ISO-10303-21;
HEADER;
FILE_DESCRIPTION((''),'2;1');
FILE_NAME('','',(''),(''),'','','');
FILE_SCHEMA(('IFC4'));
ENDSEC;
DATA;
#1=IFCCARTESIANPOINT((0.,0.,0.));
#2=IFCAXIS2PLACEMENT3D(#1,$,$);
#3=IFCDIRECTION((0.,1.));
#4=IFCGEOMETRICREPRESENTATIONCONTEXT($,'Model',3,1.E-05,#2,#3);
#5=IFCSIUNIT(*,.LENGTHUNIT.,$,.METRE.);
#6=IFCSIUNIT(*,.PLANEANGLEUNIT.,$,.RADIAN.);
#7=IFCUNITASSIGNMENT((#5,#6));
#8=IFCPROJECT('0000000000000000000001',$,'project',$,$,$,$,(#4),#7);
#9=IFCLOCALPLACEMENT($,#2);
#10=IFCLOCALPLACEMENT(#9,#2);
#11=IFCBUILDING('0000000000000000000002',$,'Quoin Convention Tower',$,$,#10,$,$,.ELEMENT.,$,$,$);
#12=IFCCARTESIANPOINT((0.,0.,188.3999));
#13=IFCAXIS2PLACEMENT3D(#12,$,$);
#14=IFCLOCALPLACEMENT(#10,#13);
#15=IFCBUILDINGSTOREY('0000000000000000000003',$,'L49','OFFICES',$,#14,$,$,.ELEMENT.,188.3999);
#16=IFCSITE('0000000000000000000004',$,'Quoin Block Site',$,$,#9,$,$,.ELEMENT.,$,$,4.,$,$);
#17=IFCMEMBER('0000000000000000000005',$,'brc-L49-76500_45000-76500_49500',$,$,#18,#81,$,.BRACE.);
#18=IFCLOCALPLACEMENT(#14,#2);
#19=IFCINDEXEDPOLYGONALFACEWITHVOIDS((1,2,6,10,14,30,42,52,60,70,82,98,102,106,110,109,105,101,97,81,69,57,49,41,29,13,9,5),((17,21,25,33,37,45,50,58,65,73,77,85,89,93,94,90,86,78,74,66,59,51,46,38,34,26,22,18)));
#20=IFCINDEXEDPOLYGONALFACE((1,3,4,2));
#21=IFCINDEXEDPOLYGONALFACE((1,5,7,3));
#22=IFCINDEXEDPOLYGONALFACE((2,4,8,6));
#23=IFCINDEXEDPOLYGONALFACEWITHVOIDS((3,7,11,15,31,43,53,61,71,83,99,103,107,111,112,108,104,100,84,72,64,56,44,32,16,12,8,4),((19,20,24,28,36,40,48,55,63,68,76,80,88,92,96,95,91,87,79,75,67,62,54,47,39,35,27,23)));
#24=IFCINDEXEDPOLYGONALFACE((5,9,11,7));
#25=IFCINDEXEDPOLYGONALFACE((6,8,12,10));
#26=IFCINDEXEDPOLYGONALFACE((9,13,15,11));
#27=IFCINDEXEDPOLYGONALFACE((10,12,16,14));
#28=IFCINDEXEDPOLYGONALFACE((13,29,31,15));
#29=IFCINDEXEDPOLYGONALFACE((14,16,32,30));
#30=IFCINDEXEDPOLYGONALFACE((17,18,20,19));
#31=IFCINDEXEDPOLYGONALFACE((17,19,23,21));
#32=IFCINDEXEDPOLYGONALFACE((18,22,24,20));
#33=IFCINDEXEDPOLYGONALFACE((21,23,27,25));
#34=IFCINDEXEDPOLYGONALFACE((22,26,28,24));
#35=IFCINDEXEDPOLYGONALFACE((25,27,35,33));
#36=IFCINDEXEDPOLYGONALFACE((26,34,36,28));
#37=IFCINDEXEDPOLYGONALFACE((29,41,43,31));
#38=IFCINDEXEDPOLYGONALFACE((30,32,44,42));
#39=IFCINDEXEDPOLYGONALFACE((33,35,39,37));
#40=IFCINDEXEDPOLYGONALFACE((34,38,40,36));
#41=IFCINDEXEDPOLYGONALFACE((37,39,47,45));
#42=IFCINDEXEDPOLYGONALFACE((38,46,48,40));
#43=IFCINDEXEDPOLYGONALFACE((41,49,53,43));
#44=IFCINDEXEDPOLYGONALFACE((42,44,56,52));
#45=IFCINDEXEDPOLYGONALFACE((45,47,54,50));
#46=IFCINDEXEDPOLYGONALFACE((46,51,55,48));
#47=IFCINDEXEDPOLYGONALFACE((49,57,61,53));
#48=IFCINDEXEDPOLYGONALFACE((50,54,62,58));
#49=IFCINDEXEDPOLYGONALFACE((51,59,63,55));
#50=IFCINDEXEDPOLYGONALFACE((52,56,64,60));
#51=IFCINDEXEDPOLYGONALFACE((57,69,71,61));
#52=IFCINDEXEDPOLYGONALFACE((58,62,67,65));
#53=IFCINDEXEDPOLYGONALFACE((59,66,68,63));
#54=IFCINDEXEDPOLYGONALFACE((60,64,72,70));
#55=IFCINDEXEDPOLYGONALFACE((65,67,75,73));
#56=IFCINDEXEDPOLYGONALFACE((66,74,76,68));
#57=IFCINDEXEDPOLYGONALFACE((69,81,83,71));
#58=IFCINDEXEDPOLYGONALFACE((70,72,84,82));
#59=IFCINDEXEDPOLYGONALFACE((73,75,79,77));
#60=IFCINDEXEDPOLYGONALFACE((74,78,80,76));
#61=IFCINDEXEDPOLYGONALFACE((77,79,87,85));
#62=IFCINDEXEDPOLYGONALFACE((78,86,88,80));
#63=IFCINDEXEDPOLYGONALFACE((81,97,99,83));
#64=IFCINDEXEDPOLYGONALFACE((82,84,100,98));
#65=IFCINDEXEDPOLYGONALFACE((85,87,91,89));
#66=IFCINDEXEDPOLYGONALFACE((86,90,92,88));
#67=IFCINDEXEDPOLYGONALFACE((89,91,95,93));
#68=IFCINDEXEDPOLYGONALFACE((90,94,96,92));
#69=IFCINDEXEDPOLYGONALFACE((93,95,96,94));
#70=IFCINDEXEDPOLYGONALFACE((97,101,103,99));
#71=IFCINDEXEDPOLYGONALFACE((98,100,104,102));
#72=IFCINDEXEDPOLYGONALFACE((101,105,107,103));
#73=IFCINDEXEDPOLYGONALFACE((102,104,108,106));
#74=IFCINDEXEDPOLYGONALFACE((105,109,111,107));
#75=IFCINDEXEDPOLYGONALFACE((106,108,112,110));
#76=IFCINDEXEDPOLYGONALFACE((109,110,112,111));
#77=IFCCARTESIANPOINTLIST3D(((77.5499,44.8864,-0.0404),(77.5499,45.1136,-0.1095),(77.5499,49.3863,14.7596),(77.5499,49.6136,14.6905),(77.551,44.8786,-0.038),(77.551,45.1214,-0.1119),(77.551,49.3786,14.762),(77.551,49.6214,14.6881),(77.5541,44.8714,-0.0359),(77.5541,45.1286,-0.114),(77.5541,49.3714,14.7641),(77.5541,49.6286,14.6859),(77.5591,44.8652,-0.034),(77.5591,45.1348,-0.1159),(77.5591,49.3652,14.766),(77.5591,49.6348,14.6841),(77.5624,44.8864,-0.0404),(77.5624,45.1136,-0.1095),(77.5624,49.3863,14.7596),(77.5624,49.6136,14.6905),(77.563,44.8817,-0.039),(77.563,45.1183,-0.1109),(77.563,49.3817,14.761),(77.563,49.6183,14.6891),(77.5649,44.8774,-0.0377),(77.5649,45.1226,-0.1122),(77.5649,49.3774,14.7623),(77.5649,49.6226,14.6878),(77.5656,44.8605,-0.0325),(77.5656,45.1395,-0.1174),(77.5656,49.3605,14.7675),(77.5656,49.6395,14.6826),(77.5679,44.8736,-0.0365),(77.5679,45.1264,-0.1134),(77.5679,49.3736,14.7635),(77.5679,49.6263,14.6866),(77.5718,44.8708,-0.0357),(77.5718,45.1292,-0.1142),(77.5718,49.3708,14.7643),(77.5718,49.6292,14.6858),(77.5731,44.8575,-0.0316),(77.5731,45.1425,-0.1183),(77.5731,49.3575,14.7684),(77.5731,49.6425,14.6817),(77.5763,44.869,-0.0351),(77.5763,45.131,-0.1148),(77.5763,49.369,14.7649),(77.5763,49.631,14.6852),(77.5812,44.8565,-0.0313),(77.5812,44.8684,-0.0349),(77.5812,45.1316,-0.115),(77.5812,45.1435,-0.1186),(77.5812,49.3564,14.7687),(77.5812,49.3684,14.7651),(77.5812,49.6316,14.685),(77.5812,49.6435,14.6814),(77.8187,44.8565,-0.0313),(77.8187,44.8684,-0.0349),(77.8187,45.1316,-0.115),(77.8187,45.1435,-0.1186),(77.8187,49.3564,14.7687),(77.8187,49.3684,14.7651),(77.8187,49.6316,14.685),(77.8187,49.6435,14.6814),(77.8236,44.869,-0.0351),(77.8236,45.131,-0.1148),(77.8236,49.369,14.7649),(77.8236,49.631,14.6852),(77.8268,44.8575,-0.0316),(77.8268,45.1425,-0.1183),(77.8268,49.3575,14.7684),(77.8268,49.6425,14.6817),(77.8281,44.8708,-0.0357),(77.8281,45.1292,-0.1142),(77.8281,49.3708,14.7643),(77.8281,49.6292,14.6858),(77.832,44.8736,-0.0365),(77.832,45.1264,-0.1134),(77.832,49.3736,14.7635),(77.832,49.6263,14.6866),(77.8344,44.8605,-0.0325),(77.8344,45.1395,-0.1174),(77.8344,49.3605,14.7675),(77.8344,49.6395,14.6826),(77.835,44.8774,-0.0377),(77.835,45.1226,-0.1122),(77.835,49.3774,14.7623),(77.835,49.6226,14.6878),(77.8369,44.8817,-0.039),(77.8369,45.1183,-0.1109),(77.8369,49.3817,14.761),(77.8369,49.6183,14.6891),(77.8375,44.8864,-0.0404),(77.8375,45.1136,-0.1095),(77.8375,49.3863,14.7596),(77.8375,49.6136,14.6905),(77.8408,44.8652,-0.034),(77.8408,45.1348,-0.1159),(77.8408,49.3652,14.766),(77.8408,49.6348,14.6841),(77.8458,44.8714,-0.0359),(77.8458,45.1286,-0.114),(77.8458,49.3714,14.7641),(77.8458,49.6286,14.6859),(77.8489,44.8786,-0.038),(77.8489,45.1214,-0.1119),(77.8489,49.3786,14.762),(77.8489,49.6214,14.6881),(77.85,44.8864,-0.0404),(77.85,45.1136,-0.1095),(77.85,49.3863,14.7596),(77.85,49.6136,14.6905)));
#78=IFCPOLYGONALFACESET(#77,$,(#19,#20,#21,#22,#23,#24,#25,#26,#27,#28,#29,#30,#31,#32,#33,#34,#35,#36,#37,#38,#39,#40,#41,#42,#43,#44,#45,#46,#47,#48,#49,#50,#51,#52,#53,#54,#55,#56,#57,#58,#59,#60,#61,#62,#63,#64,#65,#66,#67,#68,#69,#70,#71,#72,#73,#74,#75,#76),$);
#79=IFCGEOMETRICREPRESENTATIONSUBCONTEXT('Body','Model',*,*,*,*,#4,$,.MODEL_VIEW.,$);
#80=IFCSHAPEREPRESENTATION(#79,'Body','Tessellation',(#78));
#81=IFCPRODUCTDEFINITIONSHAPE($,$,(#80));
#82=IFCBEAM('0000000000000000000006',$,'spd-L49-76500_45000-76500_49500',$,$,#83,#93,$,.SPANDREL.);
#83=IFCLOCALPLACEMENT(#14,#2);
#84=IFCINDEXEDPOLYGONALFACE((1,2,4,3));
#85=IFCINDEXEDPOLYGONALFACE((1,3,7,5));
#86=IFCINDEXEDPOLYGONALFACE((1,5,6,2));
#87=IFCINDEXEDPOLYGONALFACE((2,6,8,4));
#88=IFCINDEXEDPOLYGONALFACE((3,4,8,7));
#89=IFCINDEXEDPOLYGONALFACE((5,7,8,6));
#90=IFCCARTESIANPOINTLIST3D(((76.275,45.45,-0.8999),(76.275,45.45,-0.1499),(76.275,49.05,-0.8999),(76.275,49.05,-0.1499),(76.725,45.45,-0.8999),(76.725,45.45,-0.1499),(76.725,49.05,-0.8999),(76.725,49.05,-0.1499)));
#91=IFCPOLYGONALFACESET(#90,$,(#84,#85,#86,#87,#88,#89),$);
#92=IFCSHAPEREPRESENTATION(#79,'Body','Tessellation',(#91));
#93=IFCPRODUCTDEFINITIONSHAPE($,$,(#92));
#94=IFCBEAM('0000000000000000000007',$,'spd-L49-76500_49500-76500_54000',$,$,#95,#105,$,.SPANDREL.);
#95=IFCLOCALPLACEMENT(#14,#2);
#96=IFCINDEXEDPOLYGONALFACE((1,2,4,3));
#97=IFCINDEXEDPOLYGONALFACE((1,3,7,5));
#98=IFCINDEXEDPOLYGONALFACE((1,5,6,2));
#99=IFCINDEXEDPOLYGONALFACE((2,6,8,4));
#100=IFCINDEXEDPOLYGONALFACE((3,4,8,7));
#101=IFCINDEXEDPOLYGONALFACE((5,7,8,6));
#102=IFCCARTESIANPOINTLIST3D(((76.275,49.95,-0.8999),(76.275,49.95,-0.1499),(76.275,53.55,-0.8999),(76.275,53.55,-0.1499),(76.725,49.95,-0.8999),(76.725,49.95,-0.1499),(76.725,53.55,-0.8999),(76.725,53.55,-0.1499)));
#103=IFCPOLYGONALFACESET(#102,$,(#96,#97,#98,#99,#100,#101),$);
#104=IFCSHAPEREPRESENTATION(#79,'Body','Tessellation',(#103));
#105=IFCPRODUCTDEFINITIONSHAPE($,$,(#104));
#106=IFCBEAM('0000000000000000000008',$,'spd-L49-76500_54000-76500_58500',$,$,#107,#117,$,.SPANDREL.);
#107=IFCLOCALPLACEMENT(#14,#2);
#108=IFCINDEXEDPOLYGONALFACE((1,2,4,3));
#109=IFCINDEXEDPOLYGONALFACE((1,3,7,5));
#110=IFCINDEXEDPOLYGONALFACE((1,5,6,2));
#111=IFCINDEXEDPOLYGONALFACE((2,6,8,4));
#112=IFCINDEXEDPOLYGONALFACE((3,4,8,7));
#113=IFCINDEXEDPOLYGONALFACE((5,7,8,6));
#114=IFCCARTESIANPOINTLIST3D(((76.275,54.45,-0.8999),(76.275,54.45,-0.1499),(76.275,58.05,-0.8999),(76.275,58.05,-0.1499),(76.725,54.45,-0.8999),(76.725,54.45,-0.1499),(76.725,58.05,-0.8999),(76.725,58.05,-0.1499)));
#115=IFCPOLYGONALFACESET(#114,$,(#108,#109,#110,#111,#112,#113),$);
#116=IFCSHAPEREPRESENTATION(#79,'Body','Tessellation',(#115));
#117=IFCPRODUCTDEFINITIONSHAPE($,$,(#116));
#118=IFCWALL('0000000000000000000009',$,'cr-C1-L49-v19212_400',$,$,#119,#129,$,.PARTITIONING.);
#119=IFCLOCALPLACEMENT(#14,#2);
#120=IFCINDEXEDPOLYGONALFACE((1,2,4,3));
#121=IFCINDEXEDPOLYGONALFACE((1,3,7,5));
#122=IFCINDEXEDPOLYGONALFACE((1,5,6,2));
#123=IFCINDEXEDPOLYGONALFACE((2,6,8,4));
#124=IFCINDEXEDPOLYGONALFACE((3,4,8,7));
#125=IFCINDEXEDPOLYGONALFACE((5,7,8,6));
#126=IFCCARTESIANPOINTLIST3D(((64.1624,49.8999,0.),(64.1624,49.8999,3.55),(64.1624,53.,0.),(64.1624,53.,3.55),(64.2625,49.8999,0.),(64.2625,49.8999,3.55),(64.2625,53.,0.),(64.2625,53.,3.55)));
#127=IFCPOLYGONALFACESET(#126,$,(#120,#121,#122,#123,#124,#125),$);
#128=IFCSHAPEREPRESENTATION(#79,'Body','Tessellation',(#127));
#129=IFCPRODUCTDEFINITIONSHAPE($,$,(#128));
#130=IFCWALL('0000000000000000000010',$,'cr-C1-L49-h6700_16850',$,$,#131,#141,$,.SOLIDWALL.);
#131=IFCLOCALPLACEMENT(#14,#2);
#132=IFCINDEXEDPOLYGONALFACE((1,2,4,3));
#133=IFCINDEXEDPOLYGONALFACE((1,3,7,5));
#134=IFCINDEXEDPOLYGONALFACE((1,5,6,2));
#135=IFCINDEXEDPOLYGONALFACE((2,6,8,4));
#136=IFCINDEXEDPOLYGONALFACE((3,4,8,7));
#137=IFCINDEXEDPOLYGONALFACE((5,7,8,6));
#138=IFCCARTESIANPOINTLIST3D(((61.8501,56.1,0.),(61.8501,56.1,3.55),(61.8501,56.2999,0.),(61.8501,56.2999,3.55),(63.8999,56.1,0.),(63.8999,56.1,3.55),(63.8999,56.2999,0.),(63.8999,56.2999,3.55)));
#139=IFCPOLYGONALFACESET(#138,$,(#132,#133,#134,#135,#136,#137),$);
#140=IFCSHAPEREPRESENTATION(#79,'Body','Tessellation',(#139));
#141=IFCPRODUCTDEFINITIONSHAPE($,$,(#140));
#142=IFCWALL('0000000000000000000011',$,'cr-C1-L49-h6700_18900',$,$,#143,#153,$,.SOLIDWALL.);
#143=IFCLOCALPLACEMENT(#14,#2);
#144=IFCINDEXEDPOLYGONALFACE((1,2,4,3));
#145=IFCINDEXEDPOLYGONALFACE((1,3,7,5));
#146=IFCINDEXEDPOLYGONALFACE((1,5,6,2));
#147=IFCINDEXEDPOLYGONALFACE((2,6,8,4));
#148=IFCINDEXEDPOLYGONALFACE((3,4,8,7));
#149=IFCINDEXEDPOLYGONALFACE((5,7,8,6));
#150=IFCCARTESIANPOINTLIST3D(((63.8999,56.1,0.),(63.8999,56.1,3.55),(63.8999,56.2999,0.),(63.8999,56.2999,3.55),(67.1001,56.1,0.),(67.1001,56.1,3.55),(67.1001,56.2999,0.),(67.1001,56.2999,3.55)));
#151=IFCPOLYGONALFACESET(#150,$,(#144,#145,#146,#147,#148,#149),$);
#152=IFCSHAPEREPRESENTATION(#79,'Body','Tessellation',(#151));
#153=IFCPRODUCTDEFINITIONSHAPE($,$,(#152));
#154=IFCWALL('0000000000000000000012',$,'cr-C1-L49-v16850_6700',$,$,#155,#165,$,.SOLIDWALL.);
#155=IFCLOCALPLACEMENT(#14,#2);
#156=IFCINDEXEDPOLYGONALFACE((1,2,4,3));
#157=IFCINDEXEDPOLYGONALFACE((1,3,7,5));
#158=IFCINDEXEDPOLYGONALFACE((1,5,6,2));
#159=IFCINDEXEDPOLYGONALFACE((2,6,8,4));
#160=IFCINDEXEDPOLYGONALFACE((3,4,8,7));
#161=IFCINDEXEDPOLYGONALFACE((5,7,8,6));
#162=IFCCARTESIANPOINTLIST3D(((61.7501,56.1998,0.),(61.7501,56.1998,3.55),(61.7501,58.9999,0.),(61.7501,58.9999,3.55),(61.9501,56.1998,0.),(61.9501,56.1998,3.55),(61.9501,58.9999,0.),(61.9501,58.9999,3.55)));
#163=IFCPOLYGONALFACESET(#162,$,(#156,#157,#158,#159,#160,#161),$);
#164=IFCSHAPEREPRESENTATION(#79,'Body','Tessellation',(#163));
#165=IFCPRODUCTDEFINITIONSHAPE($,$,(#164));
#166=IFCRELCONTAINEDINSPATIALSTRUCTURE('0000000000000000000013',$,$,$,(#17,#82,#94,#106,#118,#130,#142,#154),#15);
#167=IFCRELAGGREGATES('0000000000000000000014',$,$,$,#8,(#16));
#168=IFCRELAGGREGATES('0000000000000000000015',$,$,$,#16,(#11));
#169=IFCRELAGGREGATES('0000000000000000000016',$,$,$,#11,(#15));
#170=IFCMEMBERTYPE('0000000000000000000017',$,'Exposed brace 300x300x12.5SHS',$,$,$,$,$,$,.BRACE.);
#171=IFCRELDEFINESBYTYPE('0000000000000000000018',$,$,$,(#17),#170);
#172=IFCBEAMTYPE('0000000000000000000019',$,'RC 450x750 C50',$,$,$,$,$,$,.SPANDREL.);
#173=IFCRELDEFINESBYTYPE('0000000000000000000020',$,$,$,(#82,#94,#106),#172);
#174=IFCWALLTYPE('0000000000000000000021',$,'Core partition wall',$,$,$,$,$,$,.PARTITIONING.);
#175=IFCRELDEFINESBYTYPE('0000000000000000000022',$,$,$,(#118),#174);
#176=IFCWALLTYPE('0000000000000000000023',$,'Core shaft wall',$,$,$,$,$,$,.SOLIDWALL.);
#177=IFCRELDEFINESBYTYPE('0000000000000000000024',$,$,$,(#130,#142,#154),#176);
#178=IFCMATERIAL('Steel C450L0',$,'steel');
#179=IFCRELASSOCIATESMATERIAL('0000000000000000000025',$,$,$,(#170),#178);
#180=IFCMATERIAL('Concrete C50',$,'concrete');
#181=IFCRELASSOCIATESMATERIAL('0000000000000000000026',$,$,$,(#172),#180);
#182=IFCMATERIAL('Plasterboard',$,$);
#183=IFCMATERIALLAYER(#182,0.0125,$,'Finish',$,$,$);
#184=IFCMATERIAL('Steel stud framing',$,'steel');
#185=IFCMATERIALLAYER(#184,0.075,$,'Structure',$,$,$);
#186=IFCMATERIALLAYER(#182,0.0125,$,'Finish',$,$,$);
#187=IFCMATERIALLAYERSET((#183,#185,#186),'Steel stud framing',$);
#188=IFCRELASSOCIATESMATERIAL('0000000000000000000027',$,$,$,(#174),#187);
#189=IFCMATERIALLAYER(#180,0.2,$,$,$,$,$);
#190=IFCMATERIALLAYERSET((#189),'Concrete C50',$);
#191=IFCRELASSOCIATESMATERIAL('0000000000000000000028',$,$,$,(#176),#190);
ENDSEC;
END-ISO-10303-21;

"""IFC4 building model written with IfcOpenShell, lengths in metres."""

from ifc_helpers import new_model, si_unit, direction, frame, frame_2d, origin, origin_2d, place, context, subcontext, project, spatial, rectangle, hollow_rectangle, extrude, material, layer, layer_set, material_profile, profile_set, type_object, element, save


model = new_model("IFC4")

# Units and contexts
model_context = context("Model", 3, precision=1e-05, world=origin(), true_north=direction((0.0, 1.0)))
body_context = subcontext(model_context, "Body", "Model", "MODEL_VIEW")
ifc_project = project(units=[si_unit("LENGTHUNIT", "METRE"), si_unit("PLANEANGLEUNIT", "RADIAN")], contexts=[model_context])

# Site, building, storey
site_placement = place(None, origin())
site = spatial("IfcSite", under=ifc_project, at=site_placement, Name="Quoin Block Site", CompositionType="ELEMENT", RefElevation=4.0)
building_placement = place(site_placement, origin())
building = spatial("IfcBuilding", under=site, at=building_placement, Name="Quoin Convention Tower", CompositionType="ELEMENT")
storey_placement = place(building_placement, frame((0.0, 0.0, 188.3999)))
storey = spatial("IfcBuildingStorey", under=building, at=storey_placement, Name="L49", Description="OFFICES", CompositionType="ELEMENT", Elevation=188.3999)

# Shared definitions
ifc_material_1 = material(Name="Concrete C50", Category="concrete")

# Member
ifc_material_2 = material(Name="Steel C450L0", Category="steel")
ifc_material_profile_1 = material_profile(ifc_material_2, hollow_rectangle(XDim=0.3, YDim=0.3, WallThickness=0.0125, InnerFilletRadius=0.0188, OuterFilletRadius=0.0312, at=origin_2d()), Name="300x300x12.5SHS")
ifc_profile_set_1 = profile_set([ifc_material_profile_1], Name="Steel C450L0")
member_type = type_object("IfcMemberType", Name="Exposed brace 300x300x12.5SHS", PredefinedType="BRACE", material=ifc_profile_set_1)
member_placement = place(storey_placement, frame((77.7, 45.0, -0.075), z_axis=(0.0, 0.290903, 0.956752), x_axis=(-1.0, 0.0, 0.0)))
element("IfcMember", 1, at=member_placement, inside=storey, type_object=member_type, Name="brc-L49-76500_45000-76500_49500", PredefinedType="BRACE", context=body_context, shape_type="SweptSolid", body=[
    extrude(hollow_rectangle(XDim=0.3, YDim=0.3, WallThickness=0.0125, InnerFilletRadius=0.0188, OuterFilletRadius=0.0312, at=origin_2d()), origin(), (0.0, 0.0, 1.0), 15.469),
])

# Beams
ifc_material_profile_2 = material_profile(ifc_material_1, rectangle(XDim=0.45, YDim=0.75, at=origin_2d()), Name="RC 450x750")
ifc_profile_set_2 = profile_set([ifc_material_profile_2], Name="Concrete C50")
beam_type_1 = type_object("IfcBeamType", Name="RC 450x750 C50", PredefinedType="SPANDREL", material=ifc_profile_set_2)
for number, where, z_axis, x_axis, name in (
    (2, (76.5, 45.45, -0.5249), (0.0, 1.0, 0.0), (-1.0, 0.0, 0.0), "spd-L49-76500_45000-76500_49500"),
    (3, (76.5, 49.95, -0.5249), (0.0, 1.0, 0.0), (-1.0, 0.0, 0.0), "spd-L49-76500_49500-76500_54000"),
    (4, (76.5, 54.45, -0.5249), (0.0, 1.0, 0.0), (-1.0, 0.0, 0.0), "spd-L49-76500_54000-76500_58500"),
):
    element("IfcBeam", number, at=place(storey_placement, frame(where, z_axis=z_axis, x_axis=x_axis)), inside=storey, type_object=beam_type_1, Name=name, PredefinedType="SPANDREL", context=body_context, shape_type="SweptSolid", body=[
        extrude(rectangle(XDim=0.45, YDim=0.75, at=origin_2d()), origin(), (0.0, 0.0, 1.0), 3.6001),
    ])

# Walls
ifc_material_3 = material(Name="Plasterboard")
ifc_layer_1 = layer(ifc_material_3, 0.0125, Name="Finish")
ifc_material_4 = material(Name="Steel stud framing", Category="steel")
ifc_layer_2 = layer(ifc_material_4, 0.075, Name="Structure")
ifc_layer_3 = layer(ifc_material_3, 0.0125, Name="Finish")
ifc_layer_set_1 = layer_set([ifc_layer_1, ifc_layer_2, ifc_layer_3], Name="Steel stud framing")
wall_type_1 = type_object("IfcWallType", Name="Core partition wall", PredefinedType="PARTITIONING", material=ifc_layer_set_1)
wall_1_placement = place(storey_placement, frame((64.2124, 49.8999, 0.0), z_axis=(0.0, 0.0, 1.0), x_axis=(0.0, 1.0, 0.0)))
element("IfcWall", 5, at=wall_1_placement, inside=storey, type_object=wall_type_1, Name="cr-C1-L49-v19212_400", PredefinedType="PARTITIONING", context=body_context, shape_type="SweptSolid", body=[
    extrude(rectangle(XDim=3.1001, YDim=0.1001, at=frame_2d((1.55, 0.0))), origin(), (0.0, 0.0, 1.0), 3.55),
])
ifc_layer_4 = layer(ifc_material_1, 0.2)
ifc_layer_set_2 = layer_set([ifc_layer_4], Name="Concrete C50")
wall_type_2 = type_object("IfcWallType", Name="Core shaft wall", PredefinedType="SOLIDWALL", material=ifc_layer_set_2)
wall_2_placement = place(storey_placement, frame((61.8501, 56.2, 0.0), z_axis=(0.0, 0.0, 1.0), x_axis=(1.0, 0.0, 0.0)))
element("IfcWall", 6, at=wall_2_placement, inside=storey, type_object=wall_type_2, Name="cr-C1-L49-h6700_16850", PredefinedType="SOLIDWALL", context=body_context, shape_type="SweptSolid", body=[
    extrude(rectangle(XDim=2.0498, YDim=0.2, at=frame_2d((1.0249, 0.0))), origin(), (0.0, 0.0, 1.0), 3.55),
])
wall_3_placement = place(storey_placement, frame((63.8999, 56.2, 0.0), z_axis=(0.0, 0.0, 1.0), x_axis=(1.0, 0.0, 0.0)))
element("IfcWall", 7, at=wall_3_placement, inside=storey, type_object=wall_type_2, Name="cr-C1-L49-h6700_18900", PredefinedType="SOLIDWALL", context=body_context, shape_type="SweptSolid", body=[
    extrude(rectangle(XDim=3.2002, YDim=0.2, at=frame_2d((1.6001, 0.0))), origin(), (0.0, 0.0, 1.0), 3.55),
])
wall_4_placement = place(storey_placement, frame((61.8501, 56.2, 0.0), z_axis=(0.0, 0.0, 1.0), x_axis=(0.0, 1.0, 0.0)))
element("IfcWall", 8, at=wall_4_placement, inside=storey, type_object=wall_type_2, Name="cr-C1-L49-v16850_6700", PredefinedType="SOLIDWALL", context=body_context, shape_type="SweptSolid", body=[
    extrude(rectangle(XDim=2.8, YDim=0.2, at=frame_2d((1.3999, 0.0))), origin(), (0.0, 0.0, 1.0), 3.55),
])

save(model, "model.ifc")
